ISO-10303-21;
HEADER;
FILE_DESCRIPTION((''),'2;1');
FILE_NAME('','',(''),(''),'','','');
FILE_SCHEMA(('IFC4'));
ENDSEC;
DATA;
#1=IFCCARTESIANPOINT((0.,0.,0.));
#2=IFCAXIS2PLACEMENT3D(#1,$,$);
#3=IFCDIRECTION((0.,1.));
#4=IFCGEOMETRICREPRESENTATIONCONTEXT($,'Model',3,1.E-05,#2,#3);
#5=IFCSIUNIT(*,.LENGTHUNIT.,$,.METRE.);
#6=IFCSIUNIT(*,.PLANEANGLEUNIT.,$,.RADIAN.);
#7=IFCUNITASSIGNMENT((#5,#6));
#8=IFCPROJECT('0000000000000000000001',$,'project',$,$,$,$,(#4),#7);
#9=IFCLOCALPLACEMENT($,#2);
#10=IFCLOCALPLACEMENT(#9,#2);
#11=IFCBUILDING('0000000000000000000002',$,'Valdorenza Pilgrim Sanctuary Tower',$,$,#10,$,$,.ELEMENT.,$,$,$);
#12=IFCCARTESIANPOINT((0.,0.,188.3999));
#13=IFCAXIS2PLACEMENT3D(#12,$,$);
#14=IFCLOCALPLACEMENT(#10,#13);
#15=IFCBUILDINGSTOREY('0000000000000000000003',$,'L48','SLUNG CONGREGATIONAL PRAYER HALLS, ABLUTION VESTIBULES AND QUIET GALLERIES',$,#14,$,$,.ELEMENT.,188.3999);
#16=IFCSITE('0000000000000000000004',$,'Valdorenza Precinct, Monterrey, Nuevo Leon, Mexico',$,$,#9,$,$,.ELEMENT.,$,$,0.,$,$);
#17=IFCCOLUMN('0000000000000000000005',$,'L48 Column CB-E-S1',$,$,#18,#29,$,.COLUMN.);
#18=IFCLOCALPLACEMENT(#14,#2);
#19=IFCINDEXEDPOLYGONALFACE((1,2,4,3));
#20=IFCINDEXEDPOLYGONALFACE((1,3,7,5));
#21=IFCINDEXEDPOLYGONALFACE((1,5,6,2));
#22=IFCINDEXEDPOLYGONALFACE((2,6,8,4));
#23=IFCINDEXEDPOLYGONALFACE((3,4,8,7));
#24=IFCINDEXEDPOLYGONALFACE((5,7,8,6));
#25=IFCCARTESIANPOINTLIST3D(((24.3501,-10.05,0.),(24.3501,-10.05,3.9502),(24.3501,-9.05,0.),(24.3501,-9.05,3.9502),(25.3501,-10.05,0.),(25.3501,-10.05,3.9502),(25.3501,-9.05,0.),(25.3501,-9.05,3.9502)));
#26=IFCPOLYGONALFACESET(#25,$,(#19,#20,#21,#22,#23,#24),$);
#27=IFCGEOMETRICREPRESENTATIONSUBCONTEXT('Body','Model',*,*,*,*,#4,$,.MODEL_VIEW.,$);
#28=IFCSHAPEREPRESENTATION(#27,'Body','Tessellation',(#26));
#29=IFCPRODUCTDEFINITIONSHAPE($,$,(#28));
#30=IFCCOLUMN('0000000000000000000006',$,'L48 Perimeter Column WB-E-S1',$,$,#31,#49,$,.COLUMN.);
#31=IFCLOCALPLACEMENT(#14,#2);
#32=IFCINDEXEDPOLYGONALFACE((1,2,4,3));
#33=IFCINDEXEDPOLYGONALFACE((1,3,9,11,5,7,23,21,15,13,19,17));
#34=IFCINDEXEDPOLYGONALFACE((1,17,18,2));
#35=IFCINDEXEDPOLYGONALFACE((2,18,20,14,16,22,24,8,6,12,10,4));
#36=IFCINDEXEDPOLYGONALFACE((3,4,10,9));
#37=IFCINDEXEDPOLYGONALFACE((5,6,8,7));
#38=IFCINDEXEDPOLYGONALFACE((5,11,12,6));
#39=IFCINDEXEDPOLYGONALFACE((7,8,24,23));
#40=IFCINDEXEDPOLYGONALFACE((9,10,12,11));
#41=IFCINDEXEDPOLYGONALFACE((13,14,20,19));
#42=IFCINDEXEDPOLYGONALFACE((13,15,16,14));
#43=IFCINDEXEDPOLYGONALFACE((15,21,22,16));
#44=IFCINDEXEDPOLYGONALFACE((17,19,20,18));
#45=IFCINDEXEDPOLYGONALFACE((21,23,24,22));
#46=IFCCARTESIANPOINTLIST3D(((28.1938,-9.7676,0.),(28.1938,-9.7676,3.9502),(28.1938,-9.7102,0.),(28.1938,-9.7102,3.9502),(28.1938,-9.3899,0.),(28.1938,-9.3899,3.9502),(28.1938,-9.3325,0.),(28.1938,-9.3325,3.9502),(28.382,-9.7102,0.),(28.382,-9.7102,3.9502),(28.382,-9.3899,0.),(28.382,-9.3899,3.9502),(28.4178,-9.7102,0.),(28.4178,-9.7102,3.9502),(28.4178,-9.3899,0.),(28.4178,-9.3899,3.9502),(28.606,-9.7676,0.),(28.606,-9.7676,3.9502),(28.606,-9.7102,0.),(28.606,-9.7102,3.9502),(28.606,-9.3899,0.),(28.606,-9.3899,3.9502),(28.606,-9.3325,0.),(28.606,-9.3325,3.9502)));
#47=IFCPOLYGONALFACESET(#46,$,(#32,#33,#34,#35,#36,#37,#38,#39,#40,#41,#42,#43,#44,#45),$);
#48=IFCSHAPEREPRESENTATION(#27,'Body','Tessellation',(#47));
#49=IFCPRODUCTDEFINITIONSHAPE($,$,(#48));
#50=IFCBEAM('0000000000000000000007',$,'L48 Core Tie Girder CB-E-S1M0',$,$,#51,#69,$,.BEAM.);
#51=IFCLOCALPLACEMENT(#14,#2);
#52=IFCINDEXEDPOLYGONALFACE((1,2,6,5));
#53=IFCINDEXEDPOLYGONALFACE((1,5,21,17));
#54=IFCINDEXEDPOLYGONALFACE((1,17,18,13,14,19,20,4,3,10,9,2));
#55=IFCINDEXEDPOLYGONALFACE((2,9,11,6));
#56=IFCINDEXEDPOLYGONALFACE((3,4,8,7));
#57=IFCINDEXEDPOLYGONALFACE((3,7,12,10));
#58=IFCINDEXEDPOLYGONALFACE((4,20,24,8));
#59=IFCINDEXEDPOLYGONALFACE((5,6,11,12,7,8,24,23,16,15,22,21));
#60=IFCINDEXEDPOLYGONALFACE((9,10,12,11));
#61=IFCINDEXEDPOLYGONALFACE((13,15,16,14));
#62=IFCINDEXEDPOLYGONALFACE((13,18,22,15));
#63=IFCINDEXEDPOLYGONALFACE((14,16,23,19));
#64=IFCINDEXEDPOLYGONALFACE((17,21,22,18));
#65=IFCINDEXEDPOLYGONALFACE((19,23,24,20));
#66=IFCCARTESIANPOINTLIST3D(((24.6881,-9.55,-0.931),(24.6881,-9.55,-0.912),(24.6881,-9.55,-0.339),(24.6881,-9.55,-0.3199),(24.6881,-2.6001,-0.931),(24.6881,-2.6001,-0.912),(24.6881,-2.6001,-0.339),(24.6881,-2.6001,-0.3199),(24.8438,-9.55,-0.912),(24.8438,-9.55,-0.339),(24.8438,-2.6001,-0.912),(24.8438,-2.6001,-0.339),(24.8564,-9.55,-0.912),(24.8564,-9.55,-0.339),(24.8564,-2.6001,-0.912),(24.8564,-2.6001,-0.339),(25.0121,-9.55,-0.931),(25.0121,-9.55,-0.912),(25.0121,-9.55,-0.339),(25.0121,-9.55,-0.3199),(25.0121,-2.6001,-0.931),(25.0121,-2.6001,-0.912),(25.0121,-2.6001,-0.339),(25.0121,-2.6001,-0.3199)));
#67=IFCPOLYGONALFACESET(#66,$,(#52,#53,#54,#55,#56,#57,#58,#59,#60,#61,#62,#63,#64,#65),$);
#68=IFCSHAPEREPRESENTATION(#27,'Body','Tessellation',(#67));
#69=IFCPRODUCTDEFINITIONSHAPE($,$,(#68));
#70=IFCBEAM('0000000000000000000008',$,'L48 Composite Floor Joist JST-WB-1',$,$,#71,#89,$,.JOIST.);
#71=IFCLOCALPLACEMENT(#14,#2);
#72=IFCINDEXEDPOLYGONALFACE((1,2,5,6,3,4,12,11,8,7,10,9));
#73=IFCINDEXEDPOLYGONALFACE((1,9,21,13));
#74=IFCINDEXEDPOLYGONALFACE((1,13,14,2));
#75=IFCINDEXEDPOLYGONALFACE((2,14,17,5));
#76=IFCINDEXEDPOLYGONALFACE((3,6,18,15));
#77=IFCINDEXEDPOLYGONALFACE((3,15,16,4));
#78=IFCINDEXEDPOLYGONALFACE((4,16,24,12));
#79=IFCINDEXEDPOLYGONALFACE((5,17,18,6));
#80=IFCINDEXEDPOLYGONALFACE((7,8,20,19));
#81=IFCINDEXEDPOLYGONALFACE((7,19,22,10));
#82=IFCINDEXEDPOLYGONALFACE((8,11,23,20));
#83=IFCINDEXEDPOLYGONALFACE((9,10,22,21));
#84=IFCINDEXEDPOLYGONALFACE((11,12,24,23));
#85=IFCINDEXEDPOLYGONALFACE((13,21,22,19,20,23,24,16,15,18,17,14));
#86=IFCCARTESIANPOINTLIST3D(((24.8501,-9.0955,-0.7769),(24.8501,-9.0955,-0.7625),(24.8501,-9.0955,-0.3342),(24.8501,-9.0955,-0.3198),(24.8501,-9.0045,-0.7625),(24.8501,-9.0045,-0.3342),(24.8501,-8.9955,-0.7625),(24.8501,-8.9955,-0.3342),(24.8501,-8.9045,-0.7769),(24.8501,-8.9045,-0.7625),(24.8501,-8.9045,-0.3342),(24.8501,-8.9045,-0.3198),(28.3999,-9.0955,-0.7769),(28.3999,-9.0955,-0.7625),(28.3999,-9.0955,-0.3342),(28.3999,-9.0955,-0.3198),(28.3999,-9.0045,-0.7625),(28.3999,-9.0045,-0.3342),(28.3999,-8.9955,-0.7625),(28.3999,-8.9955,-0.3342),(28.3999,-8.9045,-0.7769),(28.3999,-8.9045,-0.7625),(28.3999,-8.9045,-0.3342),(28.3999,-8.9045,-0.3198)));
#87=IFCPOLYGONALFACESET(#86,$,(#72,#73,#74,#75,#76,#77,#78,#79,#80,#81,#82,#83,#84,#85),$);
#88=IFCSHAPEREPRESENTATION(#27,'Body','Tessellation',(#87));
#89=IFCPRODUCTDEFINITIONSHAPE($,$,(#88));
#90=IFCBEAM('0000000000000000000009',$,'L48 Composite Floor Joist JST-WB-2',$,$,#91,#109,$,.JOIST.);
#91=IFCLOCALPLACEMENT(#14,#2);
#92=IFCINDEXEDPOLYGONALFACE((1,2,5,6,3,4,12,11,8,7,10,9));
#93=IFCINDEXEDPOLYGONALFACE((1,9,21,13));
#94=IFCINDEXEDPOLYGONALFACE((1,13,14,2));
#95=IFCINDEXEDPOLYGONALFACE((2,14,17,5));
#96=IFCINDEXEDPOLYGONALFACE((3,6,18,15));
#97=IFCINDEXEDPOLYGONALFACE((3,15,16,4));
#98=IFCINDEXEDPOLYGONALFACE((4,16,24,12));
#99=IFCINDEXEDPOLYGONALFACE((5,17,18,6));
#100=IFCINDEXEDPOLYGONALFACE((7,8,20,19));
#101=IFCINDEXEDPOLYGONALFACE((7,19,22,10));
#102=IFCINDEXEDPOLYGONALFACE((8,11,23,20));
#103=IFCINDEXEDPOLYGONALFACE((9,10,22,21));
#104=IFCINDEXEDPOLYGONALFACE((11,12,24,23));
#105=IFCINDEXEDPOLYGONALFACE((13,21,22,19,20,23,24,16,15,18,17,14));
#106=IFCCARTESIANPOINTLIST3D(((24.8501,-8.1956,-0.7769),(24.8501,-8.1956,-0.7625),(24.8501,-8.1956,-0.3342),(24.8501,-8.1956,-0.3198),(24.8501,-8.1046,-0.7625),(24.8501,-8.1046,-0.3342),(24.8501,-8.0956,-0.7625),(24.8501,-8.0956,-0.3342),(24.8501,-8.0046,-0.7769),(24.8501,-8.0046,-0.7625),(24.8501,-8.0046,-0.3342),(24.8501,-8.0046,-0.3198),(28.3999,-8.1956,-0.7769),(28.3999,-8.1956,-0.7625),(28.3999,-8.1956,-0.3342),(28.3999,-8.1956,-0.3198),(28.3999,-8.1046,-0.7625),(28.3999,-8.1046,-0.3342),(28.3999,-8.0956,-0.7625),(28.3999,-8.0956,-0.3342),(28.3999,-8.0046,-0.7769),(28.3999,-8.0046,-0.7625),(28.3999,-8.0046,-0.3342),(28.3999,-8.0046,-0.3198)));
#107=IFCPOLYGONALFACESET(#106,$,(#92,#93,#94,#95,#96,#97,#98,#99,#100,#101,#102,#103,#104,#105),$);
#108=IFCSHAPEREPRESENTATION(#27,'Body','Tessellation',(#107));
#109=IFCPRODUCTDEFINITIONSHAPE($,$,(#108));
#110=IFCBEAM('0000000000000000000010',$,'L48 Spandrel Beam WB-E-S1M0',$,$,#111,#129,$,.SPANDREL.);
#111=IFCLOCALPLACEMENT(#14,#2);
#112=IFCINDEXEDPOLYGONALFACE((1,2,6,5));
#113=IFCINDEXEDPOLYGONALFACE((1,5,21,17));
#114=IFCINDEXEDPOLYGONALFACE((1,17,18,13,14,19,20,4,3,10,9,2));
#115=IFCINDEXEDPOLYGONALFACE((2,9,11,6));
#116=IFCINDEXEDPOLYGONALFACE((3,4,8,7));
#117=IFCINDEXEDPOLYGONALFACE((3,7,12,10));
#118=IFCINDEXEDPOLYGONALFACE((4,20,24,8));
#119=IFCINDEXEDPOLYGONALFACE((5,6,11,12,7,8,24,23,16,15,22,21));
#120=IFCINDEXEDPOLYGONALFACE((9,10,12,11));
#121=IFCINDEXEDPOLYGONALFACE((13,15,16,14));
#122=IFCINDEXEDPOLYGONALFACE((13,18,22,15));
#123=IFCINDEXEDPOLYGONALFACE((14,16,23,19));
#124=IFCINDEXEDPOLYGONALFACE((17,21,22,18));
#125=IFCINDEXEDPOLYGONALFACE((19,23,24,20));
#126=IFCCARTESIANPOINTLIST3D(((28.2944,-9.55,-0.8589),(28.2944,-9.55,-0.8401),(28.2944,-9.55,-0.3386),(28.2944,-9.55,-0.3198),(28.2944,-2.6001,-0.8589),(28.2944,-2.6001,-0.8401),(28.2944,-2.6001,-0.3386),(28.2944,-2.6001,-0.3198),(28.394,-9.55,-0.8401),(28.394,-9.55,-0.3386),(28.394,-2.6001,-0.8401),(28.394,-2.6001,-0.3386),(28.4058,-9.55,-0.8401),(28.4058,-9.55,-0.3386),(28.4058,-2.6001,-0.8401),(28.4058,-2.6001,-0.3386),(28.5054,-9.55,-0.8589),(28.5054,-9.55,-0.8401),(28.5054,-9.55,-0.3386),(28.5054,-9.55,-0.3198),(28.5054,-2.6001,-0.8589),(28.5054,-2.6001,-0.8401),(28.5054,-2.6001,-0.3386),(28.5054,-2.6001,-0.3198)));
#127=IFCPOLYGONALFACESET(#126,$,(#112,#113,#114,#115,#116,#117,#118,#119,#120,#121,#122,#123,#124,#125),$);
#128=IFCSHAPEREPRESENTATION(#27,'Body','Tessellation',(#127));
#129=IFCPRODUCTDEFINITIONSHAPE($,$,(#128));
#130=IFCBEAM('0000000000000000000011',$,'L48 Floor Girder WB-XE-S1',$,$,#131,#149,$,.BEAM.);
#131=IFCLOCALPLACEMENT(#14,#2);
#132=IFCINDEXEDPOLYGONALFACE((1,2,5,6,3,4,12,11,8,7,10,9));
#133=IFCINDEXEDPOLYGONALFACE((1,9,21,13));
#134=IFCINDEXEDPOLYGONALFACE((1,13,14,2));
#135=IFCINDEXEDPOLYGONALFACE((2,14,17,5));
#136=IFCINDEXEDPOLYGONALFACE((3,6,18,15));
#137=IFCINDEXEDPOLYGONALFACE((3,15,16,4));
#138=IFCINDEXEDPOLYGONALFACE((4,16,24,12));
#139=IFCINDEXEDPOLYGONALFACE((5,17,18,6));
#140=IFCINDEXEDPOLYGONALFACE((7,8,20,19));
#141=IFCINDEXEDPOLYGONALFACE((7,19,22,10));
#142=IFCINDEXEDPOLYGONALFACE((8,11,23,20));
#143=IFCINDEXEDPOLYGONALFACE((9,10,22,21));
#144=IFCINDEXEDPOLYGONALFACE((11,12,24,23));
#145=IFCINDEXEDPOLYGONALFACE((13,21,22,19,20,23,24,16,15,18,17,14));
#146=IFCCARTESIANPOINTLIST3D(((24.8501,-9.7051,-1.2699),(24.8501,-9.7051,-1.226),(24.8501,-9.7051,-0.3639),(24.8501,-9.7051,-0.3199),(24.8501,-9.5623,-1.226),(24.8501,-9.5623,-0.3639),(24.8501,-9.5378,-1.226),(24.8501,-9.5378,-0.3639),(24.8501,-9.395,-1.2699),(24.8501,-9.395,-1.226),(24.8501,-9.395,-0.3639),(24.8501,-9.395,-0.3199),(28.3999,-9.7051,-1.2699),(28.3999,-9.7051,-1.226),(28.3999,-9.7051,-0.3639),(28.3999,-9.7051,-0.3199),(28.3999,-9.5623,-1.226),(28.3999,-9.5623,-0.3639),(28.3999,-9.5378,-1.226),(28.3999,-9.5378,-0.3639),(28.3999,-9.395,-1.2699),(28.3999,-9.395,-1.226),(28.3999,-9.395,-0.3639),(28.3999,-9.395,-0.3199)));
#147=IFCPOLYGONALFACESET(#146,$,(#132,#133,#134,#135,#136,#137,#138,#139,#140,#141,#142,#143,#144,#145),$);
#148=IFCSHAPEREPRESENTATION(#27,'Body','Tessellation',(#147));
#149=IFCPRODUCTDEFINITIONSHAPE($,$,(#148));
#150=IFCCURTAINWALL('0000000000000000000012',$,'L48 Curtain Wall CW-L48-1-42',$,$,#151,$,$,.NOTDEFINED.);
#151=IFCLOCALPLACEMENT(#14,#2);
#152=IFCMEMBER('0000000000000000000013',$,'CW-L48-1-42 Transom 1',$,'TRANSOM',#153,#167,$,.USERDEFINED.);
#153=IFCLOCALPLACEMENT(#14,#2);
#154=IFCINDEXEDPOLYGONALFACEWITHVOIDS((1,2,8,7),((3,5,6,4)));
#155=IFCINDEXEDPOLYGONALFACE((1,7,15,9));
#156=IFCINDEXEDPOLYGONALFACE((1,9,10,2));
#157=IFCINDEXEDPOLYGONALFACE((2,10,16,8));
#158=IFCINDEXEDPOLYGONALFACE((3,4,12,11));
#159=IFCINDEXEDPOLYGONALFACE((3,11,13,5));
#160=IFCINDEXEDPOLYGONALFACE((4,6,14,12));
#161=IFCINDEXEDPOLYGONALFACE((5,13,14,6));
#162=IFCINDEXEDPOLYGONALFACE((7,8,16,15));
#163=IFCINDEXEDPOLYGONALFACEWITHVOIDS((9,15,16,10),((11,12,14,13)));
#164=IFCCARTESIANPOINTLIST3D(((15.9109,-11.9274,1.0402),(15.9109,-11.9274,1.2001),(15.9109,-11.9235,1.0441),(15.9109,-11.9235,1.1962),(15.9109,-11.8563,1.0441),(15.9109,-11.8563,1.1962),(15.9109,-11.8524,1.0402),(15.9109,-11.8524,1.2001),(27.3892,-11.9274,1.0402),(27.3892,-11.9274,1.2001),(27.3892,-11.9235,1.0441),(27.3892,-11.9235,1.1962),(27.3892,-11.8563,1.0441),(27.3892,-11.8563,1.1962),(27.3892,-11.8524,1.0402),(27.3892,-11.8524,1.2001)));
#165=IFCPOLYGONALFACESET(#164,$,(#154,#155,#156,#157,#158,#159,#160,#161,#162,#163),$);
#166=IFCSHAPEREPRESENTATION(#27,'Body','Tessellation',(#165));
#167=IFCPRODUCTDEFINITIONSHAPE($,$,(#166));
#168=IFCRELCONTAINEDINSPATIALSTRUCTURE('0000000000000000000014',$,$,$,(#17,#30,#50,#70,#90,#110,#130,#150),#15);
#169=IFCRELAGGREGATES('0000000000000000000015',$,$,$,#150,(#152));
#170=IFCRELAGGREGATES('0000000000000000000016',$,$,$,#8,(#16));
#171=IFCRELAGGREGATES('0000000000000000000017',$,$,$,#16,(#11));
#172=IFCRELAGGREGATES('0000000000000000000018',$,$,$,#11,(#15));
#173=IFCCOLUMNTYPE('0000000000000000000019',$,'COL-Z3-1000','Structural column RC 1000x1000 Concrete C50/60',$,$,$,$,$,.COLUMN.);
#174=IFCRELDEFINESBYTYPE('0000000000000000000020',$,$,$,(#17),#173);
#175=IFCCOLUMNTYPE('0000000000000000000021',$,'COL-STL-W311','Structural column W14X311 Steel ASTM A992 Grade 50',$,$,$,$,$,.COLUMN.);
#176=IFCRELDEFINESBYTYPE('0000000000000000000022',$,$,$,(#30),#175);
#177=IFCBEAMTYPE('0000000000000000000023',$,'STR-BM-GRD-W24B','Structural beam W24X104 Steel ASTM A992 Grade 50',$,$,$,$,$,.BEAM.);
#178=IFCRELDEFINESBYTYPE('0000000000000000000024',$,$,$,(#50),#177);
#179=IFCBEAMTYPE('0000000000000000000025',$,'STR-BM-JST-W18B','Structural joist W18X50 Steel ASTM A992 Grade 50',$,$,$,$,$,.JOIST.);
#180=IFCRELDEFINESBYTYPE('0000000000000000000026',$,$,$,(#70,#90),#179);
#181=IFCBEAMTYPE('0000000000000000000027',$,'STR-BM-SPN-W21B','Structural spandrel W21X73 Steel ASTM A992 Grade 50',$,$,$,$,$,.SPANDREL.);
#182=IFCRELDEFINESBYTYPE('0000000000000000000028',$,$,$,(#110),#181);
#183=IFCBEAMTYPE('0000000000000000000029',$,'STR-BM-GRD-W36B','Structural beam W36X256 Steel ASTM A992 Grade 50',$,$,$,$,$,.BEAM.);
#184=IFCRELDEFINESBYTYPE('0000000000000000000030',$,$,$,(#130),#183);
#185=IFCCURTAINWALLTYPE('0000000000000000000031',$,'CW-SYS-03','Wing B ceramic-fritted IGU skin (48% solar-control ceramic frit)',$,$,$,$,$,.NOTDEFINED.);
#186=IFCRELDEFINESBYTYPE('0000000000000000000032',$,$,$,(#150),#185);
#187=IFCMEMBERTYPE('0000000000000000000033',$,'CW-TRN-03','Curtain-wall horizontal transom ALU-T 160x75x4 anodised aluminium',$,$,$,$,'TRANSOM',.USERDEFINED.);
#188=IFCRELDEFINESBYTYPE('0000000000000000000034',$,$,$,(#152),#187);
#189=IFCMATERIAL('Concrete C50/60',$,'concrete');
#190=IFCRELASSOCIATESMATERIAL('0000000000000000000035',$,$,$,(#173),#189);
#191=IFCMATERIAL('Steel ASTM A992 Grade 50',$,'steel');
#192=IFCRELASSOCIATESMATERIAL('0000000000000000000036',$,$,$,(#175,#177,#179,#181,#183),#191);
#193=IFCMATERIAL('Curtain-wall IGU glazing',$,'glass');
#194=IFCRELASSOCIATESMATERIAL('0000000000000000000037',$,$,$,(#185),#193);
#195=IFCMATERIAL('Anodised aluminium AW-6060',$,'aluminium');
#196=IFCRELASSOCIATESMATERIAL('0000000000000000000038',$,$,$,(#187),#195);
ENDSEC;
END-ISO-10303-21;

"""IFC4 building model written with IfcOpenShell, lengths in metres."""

from ifc_helpers import new_model, si_unit, direction, frame, origin, origin_2d, place, context, subcontext, project, spatial, rectangle, hollow_rectangle, i_section, extrude, source, transform, mapped, material, material_profile, profile_set, type_object, element, aggregate, save


model = new_model("IFC4")

# Units and contexts
model_context = context("Model", 3, precision=1e-05, world=origin(), true_north=direction((0.0, 1.0)))
body_context = subcontext(model_context, "Body", "Model", "MODEL_VIEW")
ifc_project = project(units=[si_unit("LENGTHUNIT", "METRE"), si_unit("PLANEANGLEUNIT", "RADIAN")], contexts=[model_context])

# Site, building, storey
site_placement = place(None, origin())
site = spatial("IfcSite", under=ifc_project, at=site_placement, Name="Valdorenza Precinct, Monterrey, Nuevo Leon, Mexico", CompositionType="ELEMENT", RefElevation=0.0)
building_placement = place(site_placement, origin())
building = spatial("IfcBuilding", under=site, at=building_placement, Name="Valdorenza Pilgrim Sanctuary Tower", CompositionType="ELEMENT")
storey_placement = place(building_placement, frame((0.0, 0.0, 188.3999)))
storey = spatial("IfcBuildingStorey", under=building, at=storey_placement, Name="L48", Description="SLUNG CONGREGATIONAL PRAYER HALLS, ABLUTION VESTIBULES AND QUIET GALLERIES", CompositionType="ELEMENT", Elevation=188.3999)

# Columns
ifc_material_1 = material(Name="Concrete C50/60", Category="concrete")
ifc_material_profile_1 = material_profile(ifc_material_1, rectangle(XDim=1.0, YDim=1.0, at=origin_2d()), Name="RC 1000x1000")
ifc_profile_set_1 = profile_set([ifc_material_profile_1], Name="Concrete C50/60")
column_type_1 = type_object("IfcColumnType", Name="COL-Z3-1000", Description="Structural column RC 1000x1000 Concrete C50/60", PredefinedType="COLUMN", material=ifc_profile_set_1)
shared_shape_1 = source(origin(), body_context, "Body", "SweptSolid", [
    extrude(rectangle(XDim=1.0, YDim=1.0, at=origin_2d()), origin(), (0.0, 0.0, 1.0), 3.9502),
])
column_1_placement = place(storey_placement, frame((24.8501, -9.55, 0.0), z_axis=(0.0, 0.0, 1.0), x_axis=(1.0, 0.0, 0.0)))
element("IfcColumn", 1, at=column_1_placement, inside=storey, type_object=column_type_1, Name="L48 Column CB-E-S1", PredefinedType="COLUMN", context=body_context, shape_type="MappedRepresentation", body=[
    mapped(shared_shape_1, transform((0.0, 0.0, 0.0), x_axis=(1.0, 0.0, 0.0), y_axis=(0.0, 1.0, 0.0), z_axis=(0.0, 0.0, 1.0), scale=1.0)),
])
ifc_material_2 = material(Name="Steel ASTM A992 Grade 50", Category="steel")
ifc_material_profile_2 = material_profile(ifc_material_2, i_section(OverallWidth=0.4121, OverallDepth=0.4351, WebThickness=0.0359, FlangeThickness=0.0574, at=origin_2d()), Name="W14X311")
ifc_profile_set_2 = profile_set([ifc_material_profile_2], Name="Steel ASTM A992 Grade 50")
column_type_2 = type_object("IfcColumnType", Name="COL-STL-W311", Description="Structural column W14X311 Steel ASTM A992 Grade 50", PredefinedType="COLUMN", material=ifc_profile_set_2)
shared_shape_2 = source(origin(), body_context, "Body", "SweptSolid", [
    extrude(i_section(OverallWidth=0.4121, OverallDepth=0.4351, WebThickness=0.0359, FlangeThickness=0.0574, at=origin_2d()), origin(), (0.0, 0.0, 1.0), 3.9502),
])
column_2_placement = place(storey_placement, frame((28.3999, -9.55, 0.0), z_axis=(0.0, 0.0, 1.0), x_axis=(1.0, 0.0, 0.0)))
element("IfcColumn", 2, at=column_2_placement, inside=storey, type_object=column_type_2, Name="L48 Perimeter Column WB-E-S1", PredefinedType="COLUMN", context=body_context, shape_type="MappedRepresentation", body=[
    mapped(shared_shape_2, transform((0.0, 0.0, 0.0), x_axis=(1.0, 0.0, 0.0), y_axis=(0.0, 1.0, 0.0), z_axis=(0.0, 0.0, 1.0), scale=1.0)),
])

# Beams
ifc_material_profile_3 = material_profile(ifc_material_2, i_section(OverallWidth=0.324, OverallDepth=0.6111, WebThickness=0.0127, FlangeThickness=0.019, at=origin_2d()), Name="W24X104")
ifc_profile_set_3 = profile_set([ifc_material_profile_3], Name="Steel ASTM A992 Grade 50")
beam_type_1 = type_object("IfcBeamType", Name="STR-BM-GRD-W24B", Description="Structural beam W24X104 Steel ASTM A992 Grade 50", PredefinedType="BEAM", material=ifc_profile_set_3)
shared_shape_3 = source(origin(), body_context, "Body", "SweptSolid", [
    extrude(i_section(OverallWidth=0.324, OverallDepth=0.6111, WebThickness=0.0127, FlangeThickness=0.019, at=origin_2d()), origin(), (0.0, 0.0, 1.0), 6.95),
])
beam_1_placement = place(storey_placement, frame((24.8501, -9.55, -0.6255), z_axis=(0.0, 1.0, 0.0), x_axis=(-1.0, 0.0, 0.0)))
element("IfcBeam", 3, at=beam_1_placement, inside=storey, type_object=beam_type_1, Name="L48 Core Tie Girder CB-E-S1M0", PredefinedType="BEAM", context=body_context, shape_type="MappedRepresentation", body=[
    mapped(shared_shape_3, transform((0.0, 0.0, 0.0), x_axis=(1.0, 0.0, 0.0), y_axis=(0.0, 1.0, 0.0), z_axis=(0.0, 0.0, 1.0), scale=1.0)),
])
ifc_material_profile_4 = material_profile(ifc_material_2, i_section(OverallWidth=0.1909, OverallDepth=0.457, WebThickness=0.009, FlangeThickness=0.0144, at=origin_2d()), Name="W18X50")
ifc_profile_set_4 = profile_set([ifc_material_profile_4], Name="Steel ASTM A992 Grade 50")
beam_type_2 = type_object("IfcBeamType", Name="STR-BM-JST-W18B", Description="Structural joist W18X50 Steel ASTM A992 Grade 50", PredefinedType="JOIST", material=ifc_profile_set_4)
shared_shape_4 = source(origin(), body_context, "Body", "SweptSolid", [
    extrude(i_section(OverallWidth=0.1909, OverallDepth=0.457, WebThickness=0.009, FlangeThickness=0.0144, at=origin_2d()), origin(), (0.0, 0.0, 1.0), 3.5498),
])
for number, where, z_axis, x_axis, name in (
    (4, (24.8501, -9.0, -0.5483), (1.0, 0.0, 0.0), (0.0, 1.0, 0.0), "L48 Composite Floor Joist JST-WB-1"),
    (5, (24.8501, -8.1001, -0.5483), (1.0, 0.0, 0.0), (0.0, 1.0, 0.0), "L48 Composite Floor Joist JST-WB-2"),
):
    element("IfcBeam", number, at=place(storey_placement, frame(where, z_axis=z_axis, x_axis=x_axis)), inside=storey, type_object=beam_type_2, Name=name, PredefinedType="JOIST", context=body_context, shape_type="MappedRepresentation", body=[
        mapped(shared_shape_4, transform((0.0, 0.0, 0.0), x_axis=(1.0, 0.0, 0.0), y_axis=(0.0, 1.0, 0.0), z_axis=(0.0, 0.0, 1.0), scale=1.0)),
    ])
ifc_material_profile_5 = material_profile(ifc_material_2, i_section(OverallWidth=0.2109, OverallDepth=0.5391, WebThickness=0.0117, FlangeThickness=0.0188, at=origin_2d()), Name="W21X73")
ifc_profile_set_5 = profile_set([ifc_material_profile_5], Name="Steel ASTM A992 Grade 50")
beam_type_3 = type_object("IfcBeamType", Name="STR-BM-SPN-W21B", Description="Structural spandrel W21X73 Steel ASTM A992 Grade 50", PredefinedType="SPANDREL", material=ifc_profile_set_5)
shared_shape_5 = source(origin(), body_context, "Body", "SweptSolid", [
    extrude(i_section(OverallWidth=0.2109, OverallDepth=0.5391, WebThickness=0.0117, FlangeThickness=0.0188, at=origin_2d()), origin(), (0.0, 0.0, 1.0), 6.95),
])
beam_2_placement = place(storey_placement, frame((28.3999, -9.55, -0.5894), z_axis=(0.0, 1.0, 0.0), x_axis=(-1.0, 0.0, 0.0)))
element("IfcBeam", 6, at=beam_2_placement, inside=storey, type_object=beam_type_3, Name="L48 Spandrel Beam WB-E-S1M0", PredefinedType="SPANDREL", context=body_context, shape_type="MappedRepresentation", body=[
    mapped(shared_shape_5, transform((0.0, 0.0, 0.0), x_axis=(1.0, 0.0, 0.0), y_axis=(0.0, 1.0, 0.0), z_axis=(0.0, 0.0, 1.0), scale=1.0)),
])
ifc_material_profile_6 = material_profile(ifc_material_2, i_section(OverallWidth=0.3101, OverallDepth=0.95, WebThickness=0.0244, FlangeThickness=0.0439, at=origin_2d()), Name="W36X256")
ifc_profile_set_6 = profile_set([ifc_material_profile_6], Name="Steel ASTM A992 Grade 50")
beam_type_4 = type_object("IfcBeamType", Name="STR-BM-GRD-W36B", Description="Structural beam W36X256 Steel ASTM A992 Grade 50", PredefinedType="BEAM", material=ifc_profile_set_6)
shared_shape_6 = source(origin(), body_context, "Body", "SweptSolid", [
    extrude(i_section(OverallWidth=0.3101, OverallDepth=0.95, WebThickness=0.0244, FlangeThickness=0.0439, at=origin_2d()), origin(), (0.0, 0.0, 1.0), 3.5498),
])
beam_3_placement = place(storey_placement, frame((24.8501, -9.55, -0.7949), z_axis=(1.0, 0.0, 0.0), x_axis=(0.0, 1.0, 0.0)))
element("IfcBeam", 7, at=beam_3_placement, inside=storey, type_object=beam_type_4, Name="L48 Floor Girder WB-XE-S1", PredefinedType="BEAM", context=body_context, shape_type="MappedRepresentation", body=[
    mapped(shared_shape_6, transform((0.0, 0.0, 0.0), x_axis=(1.0, 0.0, 0.0), y_axis=(0.0, 1.0, 0.0), z_axis=(0.0, 0.0, 1.0), scale=1.0)),
])

# Curtain wall, member
ifc_material_3 = material(Name="Curtain-wall IGU glazing", Category="glass")
curtain_wall_type = type_object("IfcCurtainWallType", Name="CW-SYS-03", Description="Wing B ceramic-fritted IGU skin (48% solar-control ceramic frit)", PredefinedType="NOTDEFINED", material=ifc_material_3)
curtain_wall_1_placement = place(storey_placement, origin())
curtain_wall_1 = element("IfcCurtainWall", 8, at=curtain_wall_1_placement, inside=storey, type_object=curtain_wall_type, Name="L48 Curtain Wall CW-L48-1-42", PredefinedType="NOTDEFINED")
ifc_material_4 = material(Name="Anodised aluminium AW-6060", Category="aluminium")
ifc_material_profile_7 = material_profile(ifc_material_4, hollow_rectangle(XDim=0.075, YDim=0.1599, WallThickness=0.0039, at=origin_2d()), Name="ALU-T 160x75x4")
ifc_profile_set_7 = profile_set([ifc_material_profile_7], Name="Anodised aluminium AW-6060")
member_type_1 = type_object("IfcMemberType", Name="CW-TRN-03", Description="Curtain-wall horizontal transom ALU-T 160x75x4 anodised aluminium", ElementType="TRANSOM", PredefinedType="USERDEFINED", material=ifc_profile_set_7)
shared_shape_7 = source(origin(), body_context, "Body", "SweptSolid", [
    extrude(hollow_rectangle(XDim=0.075, YDim=0.1599, WallThickness=0.0039, at=origin_2d()), origin(), (0.0, 0.0, 1.0), 11.4783),
])
member_1_placement = place(storey_placement, frame((27.3892, -11.8899, 1.1201), z_axis=(-1.0, 0.0, 0.0), x_axis=(0.0, -1.0, 0.0)))
member_1 = element("IfcMember", 9, at=member_1_placement, type_object=member_type_1, Name="CW-L48-1-42 Transom 1", ObjectType="TRANSOM", PredefinedType="USERDEFINED", context=body_context, shape_type="MappedRepresentation", body=[
    mapped(shared_shape_7, transform((0.0, 0.0, 0.0), x_axis=(1.0, 0.0, 0.0), y_axis=(0.0, 1.0, 0.0), z_axis=(0.0, 0.0, 1.0), scale=1.0)),
])

aggregate(curtain_wall_1, [member_1])

save(model, "model.ifc")
